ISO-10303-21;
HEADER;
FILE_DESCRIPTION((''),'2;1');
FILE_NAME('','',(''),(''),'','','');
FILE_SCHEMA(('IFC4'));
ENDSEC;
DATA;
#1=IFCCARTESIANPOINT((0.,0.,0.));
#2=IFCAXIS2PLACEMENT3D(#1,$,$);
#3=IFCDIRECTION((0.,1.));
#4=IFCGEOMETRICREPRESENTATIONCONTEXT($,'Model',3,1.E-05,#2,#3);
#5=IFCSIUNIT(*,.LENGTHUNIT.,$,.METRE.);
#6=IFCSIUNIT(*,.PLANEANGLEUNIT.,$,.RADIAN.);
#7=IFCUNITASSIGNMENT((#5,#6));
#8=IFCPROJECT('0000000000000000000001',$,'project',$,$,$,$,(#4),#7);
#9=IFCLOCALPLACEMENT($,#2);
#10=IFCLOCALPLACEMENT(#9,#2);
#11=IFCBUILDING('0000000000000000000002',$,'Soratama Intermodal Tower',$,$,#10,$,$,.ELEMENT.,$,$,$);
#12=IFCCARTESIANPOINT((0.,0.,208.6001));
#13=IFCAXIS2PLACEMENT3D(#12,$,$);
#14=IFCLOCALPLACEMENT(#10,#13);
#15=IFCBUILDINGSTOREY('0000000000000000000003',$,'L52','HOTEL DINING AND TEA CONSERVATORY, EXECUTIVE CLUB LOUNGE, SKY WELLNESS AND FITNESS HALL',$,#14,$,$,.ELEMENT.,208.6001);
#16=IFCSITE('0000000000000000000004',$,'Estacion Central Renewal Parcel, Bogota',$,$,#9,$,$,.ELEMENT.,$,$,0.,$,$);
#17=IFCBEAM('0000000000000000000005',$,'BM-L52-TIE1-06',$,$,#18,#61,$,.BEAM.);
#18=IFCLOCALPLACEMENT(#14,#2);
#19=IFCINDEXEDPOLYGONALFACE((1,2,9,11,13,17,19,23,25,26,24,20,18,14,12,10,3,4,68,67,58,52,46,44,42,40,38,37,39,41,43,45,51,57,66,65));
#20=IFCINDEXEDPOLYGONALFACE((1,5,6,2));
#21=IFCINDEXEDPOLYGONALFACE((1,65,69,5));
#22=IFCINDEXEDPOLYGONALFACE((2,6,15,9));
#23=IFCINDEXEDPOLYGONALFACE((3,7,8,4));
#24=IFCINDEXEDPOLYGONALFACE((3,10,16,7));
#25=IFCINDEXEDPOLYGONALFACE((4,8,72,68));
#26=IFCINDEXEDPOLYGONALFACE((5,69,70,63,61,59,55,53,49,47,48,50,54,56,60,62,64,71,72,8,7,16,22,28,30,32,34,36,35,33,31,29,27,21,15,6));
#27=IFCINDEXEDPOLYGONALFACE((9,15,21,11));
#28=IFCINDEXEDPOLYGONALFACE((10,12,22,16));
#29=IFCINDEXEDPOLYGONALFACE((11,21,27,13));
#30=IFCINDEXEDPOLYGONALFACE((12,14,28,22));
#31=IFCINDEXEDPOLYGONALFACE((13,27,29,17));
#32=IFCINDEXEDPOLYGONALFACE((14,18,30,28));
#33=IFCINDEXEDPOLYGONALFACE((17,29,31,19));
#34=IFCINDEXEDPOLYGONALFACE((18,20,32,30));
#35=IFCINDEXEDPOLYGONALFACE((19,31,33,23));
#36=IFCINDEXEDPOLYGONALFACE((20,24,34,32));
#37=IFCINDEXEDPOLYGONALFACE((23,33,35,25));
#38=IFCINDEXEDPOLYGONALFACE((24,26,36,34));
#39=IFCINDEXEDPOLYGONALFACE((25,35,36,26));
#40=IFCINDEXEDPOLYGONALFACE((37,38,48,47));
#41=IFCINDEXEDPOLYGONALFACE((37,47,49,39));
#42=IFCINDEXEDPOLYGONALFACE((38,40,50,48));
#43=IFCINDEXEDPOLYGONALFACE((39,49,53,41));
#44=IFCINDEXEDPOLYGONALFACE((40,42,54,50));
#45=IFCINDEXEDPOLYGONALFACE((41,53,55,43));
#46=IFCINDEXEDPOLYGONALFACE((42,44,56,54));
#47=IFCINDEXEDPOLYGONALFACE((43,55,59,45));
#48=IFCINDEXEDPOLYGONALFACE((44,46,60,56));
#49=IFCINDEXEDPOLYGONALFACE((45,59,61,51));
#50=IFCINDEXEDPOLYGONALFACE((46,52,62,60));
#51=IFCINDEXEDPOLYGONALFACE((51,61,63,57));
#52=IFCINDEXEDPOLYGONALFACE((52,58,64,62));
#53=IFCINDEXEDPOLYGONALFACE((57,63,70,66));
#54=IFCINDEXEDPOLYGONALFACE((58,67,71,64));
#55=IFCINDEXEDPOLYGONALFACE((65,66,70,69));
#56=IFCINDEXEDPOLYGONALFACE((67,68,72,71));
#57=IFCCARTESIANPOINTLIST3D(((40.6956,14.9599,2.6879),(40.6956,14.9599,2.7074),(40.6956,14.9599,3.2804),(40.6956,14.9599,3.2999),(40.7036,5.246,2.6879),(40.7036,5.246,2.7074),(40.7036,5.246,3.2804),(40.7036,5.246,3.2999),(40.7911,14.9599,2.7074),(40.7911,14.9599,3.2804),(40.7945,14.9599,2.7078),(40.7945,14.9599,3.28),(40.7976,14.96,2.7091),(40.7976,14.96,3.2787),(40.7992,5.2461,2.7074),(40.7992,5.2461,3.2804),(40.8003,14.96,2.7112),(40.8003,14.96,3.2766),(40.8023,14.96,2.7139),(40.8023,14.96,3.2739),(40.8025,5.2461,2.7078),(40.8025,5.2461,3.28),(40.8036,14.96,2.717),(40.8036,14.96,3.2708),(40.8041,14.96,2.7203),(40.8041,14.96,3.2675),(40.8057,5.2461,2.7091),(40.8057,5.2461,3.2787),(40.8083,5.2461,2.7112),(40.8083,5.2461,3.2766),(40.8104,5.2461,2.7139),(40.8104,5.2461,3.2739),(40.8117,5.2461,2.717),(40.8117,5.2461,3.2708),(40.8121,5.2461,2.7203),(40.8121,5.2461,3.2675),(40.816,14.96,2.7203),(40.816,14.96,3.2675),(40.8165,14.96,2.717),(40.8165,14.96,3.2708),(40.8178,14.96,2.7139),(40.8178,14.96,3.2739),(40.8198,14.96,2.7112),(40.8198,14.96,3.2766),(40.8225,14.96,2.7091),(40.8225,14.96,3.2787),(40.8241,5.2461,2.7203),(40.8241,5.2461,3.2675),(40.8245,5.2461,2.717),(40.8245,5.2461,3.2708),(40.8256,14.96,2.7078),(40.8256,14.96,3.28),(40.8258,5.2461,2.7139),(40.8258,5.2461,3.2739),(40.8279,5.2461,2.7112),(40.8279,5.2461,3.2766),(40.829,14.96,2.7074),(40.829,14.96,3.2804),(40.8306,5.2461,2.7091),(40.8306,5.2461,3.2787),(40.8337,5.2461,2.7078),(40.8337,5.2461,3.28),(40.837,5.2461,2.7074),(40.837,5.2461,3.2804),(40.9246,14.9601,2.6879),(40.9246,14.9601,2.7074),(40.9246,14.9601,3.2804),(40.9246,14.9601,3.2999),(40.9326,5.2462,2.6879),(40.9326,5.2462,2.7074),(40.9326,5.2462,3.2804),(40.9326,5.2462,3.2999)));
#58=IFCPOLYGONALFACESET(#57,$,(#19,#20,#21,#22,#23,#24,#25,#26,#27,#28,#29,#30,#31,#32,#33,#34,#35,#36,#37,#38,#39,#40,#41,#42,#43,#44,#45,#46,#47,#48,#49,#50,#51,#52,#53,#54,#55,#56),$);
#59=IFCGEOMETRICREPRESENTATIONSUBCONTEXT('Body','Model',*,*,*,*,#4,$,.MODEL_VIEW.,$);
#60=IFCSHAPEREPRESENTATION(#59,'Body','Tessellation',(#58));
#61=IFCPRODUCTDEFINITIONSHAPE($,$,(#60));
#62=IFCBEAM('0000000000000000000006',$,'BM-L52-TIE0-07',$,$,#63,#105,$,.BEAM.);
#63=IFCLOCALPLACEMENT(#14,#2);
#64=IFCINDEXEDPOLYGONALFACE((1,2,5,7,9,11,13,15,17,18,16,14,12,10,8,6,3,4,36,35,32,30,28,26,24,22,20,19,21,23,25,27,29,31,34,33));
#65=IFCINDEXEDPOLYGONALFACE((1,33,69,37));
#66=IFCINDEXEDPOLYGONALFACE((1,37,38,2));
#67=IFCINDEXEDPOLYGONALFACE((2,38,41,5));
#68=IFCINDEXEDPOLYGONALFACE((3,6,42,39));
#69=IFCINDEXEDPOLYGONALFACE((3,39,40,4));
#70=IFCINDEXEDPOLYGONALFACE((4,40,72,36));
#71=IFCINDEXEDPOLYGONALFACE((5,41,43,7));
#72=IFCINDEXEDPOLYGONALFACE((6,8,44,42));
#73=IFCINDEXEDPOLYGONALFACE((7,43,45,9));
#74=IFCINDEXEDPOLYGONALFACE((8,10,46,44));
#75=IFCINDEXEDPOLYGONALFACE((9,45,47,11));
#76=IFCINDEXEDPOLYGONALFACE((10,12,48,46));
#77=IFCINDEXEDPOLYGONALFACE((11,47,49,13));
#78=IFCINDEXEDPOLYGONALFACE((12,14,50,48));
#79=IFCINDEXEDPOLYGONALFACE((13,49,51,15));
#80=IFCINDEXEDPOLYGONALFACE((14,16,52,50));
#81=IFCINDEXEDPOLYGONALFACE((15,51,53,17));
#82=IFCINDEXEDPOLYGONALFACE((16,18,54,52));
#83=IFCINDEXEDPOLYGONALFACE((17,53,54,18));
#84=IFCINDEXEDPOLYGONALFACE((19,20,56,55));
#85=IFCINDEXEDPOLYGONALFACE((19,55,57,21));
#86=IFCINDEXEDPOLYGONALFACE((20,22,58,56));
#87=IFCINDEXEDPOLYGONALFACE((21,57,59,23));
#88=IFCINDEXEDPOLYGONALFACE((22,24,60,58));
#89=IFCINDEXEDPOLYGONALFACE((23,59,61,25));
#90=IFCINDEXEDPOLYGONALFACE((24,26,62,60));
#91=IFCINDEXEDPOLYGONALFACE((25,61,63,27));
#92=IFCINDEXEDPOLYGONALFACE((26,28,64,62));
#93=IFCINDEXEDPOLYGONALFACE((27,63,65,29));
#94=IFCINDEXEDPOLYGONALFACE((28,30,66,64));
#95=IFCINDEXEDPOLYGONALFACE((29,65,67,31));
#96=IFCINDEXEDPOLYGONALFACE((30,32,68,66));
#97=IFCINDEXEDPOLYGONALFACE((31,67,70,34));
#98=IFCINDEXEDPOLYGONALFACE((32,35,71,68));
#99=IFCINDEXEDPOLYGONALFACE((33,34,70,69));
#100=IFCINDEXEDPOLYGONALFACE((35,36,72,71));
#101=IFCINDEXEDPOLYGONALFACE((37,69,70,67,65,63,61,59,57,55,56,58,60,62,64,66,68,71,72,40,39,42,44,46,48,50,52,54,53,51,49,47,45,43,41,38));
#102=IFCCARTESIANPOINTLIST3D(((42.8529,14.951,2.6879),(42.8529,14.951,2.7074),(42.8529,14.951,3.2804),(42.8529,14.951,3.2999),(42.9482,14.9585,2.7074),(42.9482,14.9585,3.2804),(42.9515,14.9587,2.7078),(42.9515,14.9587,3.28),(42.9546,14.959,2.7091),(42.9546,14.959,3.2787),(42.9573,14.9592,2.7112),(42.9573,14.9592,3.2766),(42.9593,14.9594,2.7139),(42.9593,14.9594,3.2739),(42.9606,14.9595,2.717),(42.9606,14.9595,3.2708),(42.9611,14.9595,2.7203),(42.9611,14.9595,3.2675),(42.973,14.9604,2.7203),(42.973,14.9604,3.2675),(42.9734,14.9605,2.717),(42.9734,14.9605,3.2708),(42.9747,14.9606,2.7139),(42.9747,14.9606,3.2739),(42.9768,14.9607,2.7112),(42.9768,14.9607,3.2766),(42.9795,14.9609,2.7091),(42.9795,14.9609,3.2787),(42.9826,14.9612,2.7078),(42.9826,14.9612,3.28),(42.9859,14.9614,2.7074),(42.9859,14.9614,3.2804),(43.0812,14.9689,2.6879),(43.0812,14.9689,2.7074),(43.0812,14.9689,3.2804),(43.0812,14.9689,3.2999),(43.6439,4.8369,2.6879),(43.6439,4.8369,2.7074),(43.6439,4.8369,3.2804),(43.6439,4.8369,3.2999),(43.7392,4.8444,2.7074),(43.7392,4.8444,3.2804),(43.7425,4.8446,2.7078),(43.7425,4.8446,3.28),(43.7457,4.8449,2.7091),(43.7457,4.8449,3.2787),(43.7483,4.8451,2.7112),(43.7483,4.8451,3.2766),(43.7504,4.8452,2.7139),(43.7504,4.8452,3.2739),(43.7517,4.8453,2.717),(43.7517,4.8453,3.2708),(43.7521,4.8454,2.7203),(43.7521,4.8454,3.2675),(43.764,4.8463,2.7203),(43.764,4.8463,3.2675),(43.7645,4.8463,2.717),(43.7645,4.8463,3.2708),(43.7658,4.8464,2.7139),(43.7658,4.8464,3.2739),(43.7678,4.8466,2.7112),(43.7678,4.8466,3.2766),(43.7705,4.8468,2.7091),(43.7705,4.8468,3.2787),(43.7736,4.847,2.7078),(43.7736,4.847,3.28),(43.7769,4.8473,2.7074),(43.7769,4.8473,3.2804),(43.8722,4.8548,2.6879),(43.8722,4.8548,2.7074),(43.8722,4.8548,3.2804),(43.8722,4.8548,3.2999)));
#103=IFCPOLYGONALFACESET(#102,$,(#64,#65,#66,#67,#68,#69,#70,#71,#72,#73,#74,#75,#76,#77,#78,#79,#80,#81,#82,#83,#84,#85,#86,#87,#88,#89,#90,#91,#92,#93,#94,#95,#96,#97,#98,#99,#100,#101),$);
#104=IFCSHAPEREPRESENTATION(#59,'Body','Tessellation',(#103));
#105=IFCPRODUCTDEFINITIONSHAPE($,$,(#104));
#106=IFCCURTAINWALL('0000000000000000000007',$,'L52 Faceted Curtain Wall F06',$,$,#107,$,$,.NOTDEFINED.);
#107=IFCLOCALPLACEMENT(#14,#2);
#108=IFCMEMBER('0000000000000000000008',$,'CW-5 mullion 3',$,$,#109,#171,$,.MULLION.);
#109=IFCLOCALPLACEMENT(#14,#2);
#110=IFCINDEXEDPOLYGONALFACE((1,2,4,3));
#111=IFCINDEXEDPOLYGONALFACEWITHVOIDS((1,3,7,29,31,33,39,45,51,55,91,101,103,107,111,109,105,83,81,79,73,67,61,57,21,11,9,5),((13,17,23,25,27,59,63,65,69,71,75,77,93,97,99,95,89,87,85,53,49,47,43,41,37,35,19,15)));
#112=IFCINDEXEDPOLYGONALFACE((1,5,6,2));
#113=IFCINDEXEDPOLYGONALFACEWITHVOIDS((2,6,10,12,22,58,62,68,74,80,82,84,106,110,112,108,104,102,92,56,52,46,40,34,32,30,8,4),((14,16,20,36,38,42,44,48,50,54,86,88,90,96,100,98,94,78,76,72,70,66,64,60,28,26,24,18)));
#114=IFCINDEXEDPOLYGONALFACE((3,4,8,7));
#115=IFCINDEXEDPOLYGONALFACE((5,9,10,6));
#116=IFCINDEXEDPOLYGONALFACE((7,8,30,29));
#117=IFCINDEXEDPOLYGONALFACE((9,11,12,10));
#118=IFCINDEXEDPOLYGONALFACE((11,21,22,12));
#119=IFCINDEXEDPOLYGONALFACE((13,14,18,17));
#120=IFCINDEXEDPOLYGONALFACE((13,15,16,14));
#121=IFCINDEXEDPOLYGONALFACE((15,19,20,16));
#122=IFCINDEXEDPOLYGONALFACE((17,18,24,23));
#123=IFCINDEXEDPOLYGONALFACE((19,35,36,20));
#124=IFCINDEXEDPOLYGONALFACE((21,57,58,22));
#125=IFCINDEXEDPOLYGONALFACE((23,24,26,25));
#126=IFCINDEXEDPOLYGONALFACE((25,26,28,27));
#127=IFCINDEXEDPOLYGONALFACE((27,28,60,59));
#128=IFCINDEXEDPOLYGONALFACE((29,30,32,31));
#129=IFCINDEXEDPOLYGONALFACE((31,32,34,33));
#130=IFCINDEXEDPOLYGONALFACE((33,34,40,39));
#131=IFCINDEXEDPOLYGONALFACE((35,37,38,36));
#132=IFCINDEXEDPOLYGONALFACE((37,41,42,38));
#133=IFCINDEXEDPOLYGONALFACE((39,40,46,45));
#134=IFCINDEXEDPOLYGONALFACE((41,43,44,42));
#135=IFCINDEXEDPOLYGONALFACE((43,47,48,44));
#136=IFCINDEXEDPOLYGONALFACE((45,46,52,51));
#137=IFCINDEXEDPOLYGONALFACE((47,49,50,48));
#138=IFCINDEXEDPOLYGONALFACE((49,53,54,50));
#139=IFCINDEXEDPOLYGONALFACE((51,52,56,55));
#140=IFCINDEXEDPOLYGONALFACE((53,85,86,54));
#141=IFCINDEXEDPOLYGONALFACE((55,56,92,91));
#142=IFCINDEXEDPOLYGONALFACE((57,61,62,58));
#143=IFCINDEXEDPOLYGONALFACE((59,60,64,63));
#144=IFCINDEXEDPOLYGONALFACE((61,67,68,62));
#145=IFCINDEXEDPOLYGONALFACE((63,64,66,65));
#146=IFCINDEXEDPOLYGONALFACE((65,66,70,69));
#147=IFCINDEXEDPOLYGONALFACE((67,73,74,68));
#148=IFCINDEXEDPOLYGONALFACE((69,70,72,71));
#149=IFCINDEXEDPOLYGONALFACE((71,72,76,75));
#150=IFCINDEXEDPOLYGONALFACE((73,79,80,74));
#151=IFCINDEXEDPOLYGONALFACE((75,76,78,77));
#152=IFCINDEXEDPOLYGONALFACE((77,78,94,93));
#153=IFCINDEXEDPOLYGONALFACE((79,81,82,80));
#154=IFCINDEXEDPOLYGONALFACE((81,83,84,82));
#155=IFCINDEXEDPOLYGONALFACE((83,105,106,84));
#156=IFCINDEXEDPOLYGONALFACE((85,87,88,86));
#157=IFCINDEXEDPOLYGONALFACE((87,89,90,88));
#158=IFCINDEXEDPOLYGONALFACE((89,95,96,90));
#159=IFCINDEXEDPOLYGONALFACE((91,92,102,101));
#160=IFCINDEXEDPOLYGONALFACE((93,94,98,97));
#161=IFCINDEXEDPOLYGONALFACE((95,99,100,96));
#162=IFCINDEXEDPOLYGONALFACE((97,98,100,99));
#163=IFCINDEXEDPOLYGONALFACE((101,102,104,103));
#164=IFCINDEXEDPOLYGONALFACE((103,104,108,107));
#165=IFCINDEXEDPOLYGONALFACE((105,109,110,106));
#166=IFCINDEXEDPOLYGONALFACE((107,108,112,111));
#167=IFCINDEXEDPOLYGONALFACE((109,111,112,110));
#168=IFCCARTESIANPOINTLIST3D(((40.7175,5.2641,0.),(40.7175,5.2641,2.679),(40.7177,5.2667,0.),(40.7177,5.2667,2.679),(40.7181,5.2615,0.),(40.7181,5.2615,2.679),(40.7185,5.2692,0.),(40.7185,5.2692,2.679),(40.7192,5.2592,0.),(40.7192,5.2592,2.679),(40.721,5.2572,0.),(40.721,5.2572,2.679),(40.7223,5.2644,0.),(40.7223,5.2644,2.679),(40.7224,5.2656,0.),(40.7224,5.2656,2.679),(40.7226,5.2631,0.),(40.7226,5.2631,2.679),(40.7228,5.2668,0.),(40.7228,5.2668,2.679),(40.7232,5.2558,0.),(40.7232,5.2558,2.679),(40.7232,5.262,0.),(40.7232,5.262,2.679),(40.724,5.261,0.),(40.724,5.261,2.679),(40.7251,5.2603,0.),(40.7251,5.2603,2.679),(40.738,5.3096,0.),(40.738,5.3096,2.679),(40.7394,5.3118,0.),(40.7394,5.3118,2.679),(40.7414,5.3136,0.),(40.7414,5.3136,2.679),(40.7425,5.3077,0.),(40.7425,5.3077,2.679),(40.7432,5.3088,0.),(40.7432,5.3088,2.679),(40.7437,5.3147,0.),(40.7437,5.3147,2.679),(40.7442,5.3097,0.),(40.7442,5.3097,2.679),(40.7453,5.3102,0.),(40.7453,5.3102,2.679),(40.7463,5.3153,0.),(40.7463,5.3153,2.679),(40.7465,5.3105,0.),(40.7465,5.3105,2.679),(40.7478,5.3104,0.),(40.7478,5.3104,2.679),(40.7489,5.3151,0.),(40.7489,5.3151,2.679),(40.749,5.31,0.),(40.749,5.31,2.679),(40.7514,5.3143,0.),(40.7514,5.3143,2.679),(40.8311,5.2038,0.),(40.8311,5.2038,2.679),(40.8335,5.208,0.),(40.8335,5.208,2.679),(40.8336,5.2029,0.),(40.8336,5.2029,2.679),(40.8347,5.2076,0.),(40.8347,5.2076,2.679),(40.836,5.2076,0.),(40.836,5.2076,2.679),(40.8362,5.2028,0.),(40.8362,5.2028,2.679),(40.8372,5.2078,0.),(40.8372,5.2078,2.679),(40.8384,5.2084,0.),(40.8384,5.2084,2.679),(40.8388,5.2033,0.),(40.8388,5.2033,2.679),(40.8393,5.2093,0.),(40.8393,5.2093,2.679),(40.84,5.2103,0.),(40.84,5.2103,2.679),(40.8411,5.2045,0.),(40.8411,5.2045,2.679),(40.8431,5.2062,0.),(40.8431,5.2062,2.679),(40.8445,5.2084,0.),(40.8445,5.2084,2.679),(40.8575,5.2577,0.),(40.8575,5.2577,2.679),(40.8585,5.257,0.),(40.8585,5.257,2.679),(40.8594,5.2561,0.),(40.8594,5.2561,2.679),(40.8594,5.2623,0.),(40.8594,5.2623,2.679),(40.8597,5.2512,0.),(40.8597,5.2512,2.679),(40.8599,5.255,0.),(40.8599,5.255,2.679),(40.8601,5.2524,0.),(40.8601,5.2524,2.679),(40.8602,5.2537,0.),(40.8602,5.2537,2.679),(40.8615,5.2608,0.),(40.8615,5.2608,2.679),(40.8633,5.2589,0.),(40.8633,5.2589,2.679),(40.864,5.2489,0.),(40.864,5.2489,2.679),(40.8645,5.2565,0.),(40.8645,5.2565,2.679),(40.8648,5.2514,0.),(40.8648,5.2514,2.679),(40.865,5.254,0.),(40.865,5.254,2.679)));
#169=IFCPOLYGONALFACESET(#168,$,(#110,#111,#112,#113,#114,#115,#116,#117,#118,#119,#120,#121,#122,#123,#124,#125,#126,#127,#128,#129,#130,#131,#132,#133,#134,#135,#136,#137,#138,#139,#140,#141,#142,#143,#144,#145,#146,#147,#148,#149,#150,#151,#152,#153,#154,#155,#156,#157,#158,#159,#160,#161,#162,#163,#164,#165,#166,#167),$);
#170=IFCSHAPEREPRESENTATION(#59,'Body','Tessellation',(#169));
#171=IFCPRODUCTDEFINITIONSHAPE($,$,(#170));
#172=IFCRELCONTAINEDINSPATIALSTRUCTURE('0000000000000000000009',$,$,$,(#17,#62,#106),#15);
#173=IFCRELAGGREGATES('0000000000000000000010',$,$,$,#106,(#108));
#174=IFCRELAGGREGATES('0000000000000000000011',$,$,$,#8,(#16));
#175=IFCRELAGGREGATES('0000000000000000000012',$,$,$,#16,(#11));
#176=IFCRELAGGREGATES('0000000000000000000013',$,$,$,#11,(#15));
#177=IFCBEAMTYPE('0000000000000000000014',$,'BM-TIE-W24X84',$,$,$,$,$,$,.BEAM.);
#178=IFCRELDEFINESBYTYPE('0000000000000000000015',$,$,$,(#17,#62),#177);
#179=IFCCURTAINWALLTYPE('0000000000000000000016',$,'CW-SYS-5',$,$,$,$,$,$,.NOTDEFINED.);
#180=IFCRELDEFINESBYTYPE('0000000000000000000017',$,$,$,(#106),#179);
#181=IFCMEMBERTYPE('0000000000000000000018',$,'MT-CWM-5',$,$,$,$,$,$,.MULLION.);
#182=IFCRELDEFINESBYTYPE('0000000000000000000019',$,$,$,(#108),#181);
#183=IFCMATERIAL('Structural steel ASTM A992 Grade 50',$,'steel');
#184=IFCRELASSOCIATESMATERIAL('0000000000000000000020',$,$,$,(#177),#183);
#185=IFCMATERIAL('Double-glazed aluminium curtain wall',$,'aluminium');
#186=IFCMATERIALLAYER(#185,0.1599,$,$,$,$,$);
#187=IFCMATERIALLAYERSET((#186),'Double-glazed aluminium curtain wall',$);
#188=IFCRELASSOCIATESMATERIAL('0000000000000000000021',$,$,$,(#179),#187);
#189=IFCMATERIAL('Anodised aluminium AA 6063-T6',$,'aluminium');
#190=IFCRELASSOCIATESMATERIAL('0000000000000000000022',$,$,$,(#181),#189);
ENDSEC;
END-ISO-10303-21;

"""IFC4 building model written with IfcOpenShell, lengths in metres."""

from ifc_helpers import new_model, si_unit, direction, frame, origin, origin_2d, place, context, subcontext, project, spatial, hollow_rectangle, i_section, extrude, material, layer, layer_set, material_profile, profile_set, type_object, element, aggregate, save


model = new_model("IFC4")

# Units and contexts
model_context = context("Model", 3, precision=1e-05, world=origin(), true_north=direction((0.0, 1.0)))
body_context = subcontext(model_context, "Body", "Model", "MODEL_VIEW")
ifc_project = project(units=[si_unit("LENGTHUNIT", "METRE"), si_unit("PLANEANGLEUNIT", "RADIAN")], contexts=[model_context])

# Site, building, storey
site_placement = place(None, origin())
site = spatial("IfcSite", under=ifc_project, at=site_placement, Name="Estacion Central Renewal Parcel, Bogota", CompositionType="ELEMENT", RefElevation=0.0)
building_placement = place(site_placement, origin())
building = spatial("IfcBuilding", under=site, at=building_placement, Name="Soratama Intermodal Tower", CompositionType="ELEMENT")
storey_placement = place(building_placement, frame((0.0, 0.0, 208.6001)))
storey = spatial("IfcBuildingStorey", under=building, at=storey_placement, Name="L52", Description="HOTEL DINING AND TEA CONSERVATORY, EXECUTIVE CLUB LOUNGE, SKY WELLNESS AND FITNESS HALL", CompositionType="ELEMENT", Elevation=208.6001)

# Beams
ifc_material_1 = material(Name="Structural steel ASTM A992 Grade 50", Category="steel")
ifc_material_profile_1 = material_profile(ifc_material_1, i_section(OverallWidth=0.229, OverallDepth=0.6121, WebThickness=0.012, FlangeThickness=0.0195, FilletRadius=0.0129, at=origin_2d()), Name="W24X84")
ifc_profile_set_1 = profile_set([ifc_material_profile_1], Name="Structural steel ASTM A992 Grade 50")
beam_type_1 = type_object("IfcBeamType", Name="BM-TIE-W24X84", PredefinedType="BEAM", material=ifc_profile_set_1)
beam_1_placement = place(storey_placement, frame((40.8101, 14.96, 2.9939), z_axis=(0.000829, -1.0, 0.0), x_axis=(1.0, 0.000829, 0.0)))
element("IfcBeam", 1, at=beam_1_placement, inside=storey, type_object=beam_type_1, Name="BM-L52-TIE1-06", PredefinedType="BEAM", context=body_context, shape_type="SweptSolid", body=[
    extrude(i_section(OverallWidth=0.229, OverallDepth=0.6121, WebThickness=0.012, FlangeThickness=0.0195, FilletRadius=0.0129, at=origin_2d()), origin(), (0.0, 0.0, 1.0), 9.7139),
])
beam_2_placement = place(storey_placement, frame((42.967, 14.96, 2.9939), z_axis=(0.077972, -0.996956, 0.0), x_axis=(0.996956, 0.077972, 0.0)))
element("IfcBeam", 2, at=beam_2_placement, inside=storey, type_object=beam_type_1, Name="BM-L52-TIE0-07", PredefinedType="BEAM", context=body_context, shape_type="SweptSolid", body=[
    extrude(i_section(OverallWidth=0.229, OverallDepth=0.6121, WebThickness=0.012, FlangeThickness=0.0195, FilletRadius=0.0129, at=origin_2d()), origin(), (0.0, 0.0, 1.0), 10.145),
])

# Curtain wall, member
ifc_material_2 = material(Name="Double-glazed aluminium curtain wall", Category="aluminium")
ifc_layer_1 = layer(ifc_material_2, 0.1599)
ifc_layer_set_1 = layer_set([ifc_layer_1], Name="Double-glazed aluminium curtain wall")
curtain_wall_type = type_object("IfcCurtainWallType", Name="CW-SYS-5", PredefinedType="NOTDEFINED", material=ifc_layer_set_1)
curtain_wall_1_placement = place(storey_placement, origin())
curtain_wall_1 = element("IfcCurtainWall", 3, at=curtain_wall_1_placement, inside=storey, type_object=curtain_wall_type, Name="L52 Faceted Curtain Wall F06", PredefinedType="NOTDEFINED")
ifc_material_3 = material(Name="Anodised aluminium AA 6063-T6", Category="aluminium")
ifc_material_profile_2 = material_profile(ifc_material_3, hollow_rectangle(XDim=0.0649, YDim=0.1399, WallThickness=0.0049, InnerFilletRadius=0.0049, OuterFilletRadius=0.01, at=origin_2d()), Name="CWM140X65X5")
ifc_profile_set_2 = profile_set([ifc_material_profile_2], Name="Anodised aluminium AA 6063-T6")
member_type_1 = type_object("IfcMemberType", Name="MT-CWM-5", PredefinedType="MULLION", material=ifc_profile_set_2)
member_1_placement = place(storey_placement, frame((40.7913, 5.259, 0.0), z_axis=(0.0, 0.0, 1.0), x_axis=(0.434287, 0.900775, 0.0)))
member_1 = element("IfcMember", 4, at=member_1_placement, type_object=member_type_1, Name="CW-5 mullion 3", PredefinedType="MULLION", context=body_context, shape_type="SweptSolid", body=[
    extrude(hollow_rectangle(XDim=0.0649, YDim=0.1399, WallThickness=0.0049, InnerFilletRadius=0.0049, OuterFilletRadius=0.01, at=origin_2d()), origin(), (0.0, 0.0, 1.0), 2.679),
])
aggregate(curtain_wall_1, [member_1])

save(model, "model.ifc")
